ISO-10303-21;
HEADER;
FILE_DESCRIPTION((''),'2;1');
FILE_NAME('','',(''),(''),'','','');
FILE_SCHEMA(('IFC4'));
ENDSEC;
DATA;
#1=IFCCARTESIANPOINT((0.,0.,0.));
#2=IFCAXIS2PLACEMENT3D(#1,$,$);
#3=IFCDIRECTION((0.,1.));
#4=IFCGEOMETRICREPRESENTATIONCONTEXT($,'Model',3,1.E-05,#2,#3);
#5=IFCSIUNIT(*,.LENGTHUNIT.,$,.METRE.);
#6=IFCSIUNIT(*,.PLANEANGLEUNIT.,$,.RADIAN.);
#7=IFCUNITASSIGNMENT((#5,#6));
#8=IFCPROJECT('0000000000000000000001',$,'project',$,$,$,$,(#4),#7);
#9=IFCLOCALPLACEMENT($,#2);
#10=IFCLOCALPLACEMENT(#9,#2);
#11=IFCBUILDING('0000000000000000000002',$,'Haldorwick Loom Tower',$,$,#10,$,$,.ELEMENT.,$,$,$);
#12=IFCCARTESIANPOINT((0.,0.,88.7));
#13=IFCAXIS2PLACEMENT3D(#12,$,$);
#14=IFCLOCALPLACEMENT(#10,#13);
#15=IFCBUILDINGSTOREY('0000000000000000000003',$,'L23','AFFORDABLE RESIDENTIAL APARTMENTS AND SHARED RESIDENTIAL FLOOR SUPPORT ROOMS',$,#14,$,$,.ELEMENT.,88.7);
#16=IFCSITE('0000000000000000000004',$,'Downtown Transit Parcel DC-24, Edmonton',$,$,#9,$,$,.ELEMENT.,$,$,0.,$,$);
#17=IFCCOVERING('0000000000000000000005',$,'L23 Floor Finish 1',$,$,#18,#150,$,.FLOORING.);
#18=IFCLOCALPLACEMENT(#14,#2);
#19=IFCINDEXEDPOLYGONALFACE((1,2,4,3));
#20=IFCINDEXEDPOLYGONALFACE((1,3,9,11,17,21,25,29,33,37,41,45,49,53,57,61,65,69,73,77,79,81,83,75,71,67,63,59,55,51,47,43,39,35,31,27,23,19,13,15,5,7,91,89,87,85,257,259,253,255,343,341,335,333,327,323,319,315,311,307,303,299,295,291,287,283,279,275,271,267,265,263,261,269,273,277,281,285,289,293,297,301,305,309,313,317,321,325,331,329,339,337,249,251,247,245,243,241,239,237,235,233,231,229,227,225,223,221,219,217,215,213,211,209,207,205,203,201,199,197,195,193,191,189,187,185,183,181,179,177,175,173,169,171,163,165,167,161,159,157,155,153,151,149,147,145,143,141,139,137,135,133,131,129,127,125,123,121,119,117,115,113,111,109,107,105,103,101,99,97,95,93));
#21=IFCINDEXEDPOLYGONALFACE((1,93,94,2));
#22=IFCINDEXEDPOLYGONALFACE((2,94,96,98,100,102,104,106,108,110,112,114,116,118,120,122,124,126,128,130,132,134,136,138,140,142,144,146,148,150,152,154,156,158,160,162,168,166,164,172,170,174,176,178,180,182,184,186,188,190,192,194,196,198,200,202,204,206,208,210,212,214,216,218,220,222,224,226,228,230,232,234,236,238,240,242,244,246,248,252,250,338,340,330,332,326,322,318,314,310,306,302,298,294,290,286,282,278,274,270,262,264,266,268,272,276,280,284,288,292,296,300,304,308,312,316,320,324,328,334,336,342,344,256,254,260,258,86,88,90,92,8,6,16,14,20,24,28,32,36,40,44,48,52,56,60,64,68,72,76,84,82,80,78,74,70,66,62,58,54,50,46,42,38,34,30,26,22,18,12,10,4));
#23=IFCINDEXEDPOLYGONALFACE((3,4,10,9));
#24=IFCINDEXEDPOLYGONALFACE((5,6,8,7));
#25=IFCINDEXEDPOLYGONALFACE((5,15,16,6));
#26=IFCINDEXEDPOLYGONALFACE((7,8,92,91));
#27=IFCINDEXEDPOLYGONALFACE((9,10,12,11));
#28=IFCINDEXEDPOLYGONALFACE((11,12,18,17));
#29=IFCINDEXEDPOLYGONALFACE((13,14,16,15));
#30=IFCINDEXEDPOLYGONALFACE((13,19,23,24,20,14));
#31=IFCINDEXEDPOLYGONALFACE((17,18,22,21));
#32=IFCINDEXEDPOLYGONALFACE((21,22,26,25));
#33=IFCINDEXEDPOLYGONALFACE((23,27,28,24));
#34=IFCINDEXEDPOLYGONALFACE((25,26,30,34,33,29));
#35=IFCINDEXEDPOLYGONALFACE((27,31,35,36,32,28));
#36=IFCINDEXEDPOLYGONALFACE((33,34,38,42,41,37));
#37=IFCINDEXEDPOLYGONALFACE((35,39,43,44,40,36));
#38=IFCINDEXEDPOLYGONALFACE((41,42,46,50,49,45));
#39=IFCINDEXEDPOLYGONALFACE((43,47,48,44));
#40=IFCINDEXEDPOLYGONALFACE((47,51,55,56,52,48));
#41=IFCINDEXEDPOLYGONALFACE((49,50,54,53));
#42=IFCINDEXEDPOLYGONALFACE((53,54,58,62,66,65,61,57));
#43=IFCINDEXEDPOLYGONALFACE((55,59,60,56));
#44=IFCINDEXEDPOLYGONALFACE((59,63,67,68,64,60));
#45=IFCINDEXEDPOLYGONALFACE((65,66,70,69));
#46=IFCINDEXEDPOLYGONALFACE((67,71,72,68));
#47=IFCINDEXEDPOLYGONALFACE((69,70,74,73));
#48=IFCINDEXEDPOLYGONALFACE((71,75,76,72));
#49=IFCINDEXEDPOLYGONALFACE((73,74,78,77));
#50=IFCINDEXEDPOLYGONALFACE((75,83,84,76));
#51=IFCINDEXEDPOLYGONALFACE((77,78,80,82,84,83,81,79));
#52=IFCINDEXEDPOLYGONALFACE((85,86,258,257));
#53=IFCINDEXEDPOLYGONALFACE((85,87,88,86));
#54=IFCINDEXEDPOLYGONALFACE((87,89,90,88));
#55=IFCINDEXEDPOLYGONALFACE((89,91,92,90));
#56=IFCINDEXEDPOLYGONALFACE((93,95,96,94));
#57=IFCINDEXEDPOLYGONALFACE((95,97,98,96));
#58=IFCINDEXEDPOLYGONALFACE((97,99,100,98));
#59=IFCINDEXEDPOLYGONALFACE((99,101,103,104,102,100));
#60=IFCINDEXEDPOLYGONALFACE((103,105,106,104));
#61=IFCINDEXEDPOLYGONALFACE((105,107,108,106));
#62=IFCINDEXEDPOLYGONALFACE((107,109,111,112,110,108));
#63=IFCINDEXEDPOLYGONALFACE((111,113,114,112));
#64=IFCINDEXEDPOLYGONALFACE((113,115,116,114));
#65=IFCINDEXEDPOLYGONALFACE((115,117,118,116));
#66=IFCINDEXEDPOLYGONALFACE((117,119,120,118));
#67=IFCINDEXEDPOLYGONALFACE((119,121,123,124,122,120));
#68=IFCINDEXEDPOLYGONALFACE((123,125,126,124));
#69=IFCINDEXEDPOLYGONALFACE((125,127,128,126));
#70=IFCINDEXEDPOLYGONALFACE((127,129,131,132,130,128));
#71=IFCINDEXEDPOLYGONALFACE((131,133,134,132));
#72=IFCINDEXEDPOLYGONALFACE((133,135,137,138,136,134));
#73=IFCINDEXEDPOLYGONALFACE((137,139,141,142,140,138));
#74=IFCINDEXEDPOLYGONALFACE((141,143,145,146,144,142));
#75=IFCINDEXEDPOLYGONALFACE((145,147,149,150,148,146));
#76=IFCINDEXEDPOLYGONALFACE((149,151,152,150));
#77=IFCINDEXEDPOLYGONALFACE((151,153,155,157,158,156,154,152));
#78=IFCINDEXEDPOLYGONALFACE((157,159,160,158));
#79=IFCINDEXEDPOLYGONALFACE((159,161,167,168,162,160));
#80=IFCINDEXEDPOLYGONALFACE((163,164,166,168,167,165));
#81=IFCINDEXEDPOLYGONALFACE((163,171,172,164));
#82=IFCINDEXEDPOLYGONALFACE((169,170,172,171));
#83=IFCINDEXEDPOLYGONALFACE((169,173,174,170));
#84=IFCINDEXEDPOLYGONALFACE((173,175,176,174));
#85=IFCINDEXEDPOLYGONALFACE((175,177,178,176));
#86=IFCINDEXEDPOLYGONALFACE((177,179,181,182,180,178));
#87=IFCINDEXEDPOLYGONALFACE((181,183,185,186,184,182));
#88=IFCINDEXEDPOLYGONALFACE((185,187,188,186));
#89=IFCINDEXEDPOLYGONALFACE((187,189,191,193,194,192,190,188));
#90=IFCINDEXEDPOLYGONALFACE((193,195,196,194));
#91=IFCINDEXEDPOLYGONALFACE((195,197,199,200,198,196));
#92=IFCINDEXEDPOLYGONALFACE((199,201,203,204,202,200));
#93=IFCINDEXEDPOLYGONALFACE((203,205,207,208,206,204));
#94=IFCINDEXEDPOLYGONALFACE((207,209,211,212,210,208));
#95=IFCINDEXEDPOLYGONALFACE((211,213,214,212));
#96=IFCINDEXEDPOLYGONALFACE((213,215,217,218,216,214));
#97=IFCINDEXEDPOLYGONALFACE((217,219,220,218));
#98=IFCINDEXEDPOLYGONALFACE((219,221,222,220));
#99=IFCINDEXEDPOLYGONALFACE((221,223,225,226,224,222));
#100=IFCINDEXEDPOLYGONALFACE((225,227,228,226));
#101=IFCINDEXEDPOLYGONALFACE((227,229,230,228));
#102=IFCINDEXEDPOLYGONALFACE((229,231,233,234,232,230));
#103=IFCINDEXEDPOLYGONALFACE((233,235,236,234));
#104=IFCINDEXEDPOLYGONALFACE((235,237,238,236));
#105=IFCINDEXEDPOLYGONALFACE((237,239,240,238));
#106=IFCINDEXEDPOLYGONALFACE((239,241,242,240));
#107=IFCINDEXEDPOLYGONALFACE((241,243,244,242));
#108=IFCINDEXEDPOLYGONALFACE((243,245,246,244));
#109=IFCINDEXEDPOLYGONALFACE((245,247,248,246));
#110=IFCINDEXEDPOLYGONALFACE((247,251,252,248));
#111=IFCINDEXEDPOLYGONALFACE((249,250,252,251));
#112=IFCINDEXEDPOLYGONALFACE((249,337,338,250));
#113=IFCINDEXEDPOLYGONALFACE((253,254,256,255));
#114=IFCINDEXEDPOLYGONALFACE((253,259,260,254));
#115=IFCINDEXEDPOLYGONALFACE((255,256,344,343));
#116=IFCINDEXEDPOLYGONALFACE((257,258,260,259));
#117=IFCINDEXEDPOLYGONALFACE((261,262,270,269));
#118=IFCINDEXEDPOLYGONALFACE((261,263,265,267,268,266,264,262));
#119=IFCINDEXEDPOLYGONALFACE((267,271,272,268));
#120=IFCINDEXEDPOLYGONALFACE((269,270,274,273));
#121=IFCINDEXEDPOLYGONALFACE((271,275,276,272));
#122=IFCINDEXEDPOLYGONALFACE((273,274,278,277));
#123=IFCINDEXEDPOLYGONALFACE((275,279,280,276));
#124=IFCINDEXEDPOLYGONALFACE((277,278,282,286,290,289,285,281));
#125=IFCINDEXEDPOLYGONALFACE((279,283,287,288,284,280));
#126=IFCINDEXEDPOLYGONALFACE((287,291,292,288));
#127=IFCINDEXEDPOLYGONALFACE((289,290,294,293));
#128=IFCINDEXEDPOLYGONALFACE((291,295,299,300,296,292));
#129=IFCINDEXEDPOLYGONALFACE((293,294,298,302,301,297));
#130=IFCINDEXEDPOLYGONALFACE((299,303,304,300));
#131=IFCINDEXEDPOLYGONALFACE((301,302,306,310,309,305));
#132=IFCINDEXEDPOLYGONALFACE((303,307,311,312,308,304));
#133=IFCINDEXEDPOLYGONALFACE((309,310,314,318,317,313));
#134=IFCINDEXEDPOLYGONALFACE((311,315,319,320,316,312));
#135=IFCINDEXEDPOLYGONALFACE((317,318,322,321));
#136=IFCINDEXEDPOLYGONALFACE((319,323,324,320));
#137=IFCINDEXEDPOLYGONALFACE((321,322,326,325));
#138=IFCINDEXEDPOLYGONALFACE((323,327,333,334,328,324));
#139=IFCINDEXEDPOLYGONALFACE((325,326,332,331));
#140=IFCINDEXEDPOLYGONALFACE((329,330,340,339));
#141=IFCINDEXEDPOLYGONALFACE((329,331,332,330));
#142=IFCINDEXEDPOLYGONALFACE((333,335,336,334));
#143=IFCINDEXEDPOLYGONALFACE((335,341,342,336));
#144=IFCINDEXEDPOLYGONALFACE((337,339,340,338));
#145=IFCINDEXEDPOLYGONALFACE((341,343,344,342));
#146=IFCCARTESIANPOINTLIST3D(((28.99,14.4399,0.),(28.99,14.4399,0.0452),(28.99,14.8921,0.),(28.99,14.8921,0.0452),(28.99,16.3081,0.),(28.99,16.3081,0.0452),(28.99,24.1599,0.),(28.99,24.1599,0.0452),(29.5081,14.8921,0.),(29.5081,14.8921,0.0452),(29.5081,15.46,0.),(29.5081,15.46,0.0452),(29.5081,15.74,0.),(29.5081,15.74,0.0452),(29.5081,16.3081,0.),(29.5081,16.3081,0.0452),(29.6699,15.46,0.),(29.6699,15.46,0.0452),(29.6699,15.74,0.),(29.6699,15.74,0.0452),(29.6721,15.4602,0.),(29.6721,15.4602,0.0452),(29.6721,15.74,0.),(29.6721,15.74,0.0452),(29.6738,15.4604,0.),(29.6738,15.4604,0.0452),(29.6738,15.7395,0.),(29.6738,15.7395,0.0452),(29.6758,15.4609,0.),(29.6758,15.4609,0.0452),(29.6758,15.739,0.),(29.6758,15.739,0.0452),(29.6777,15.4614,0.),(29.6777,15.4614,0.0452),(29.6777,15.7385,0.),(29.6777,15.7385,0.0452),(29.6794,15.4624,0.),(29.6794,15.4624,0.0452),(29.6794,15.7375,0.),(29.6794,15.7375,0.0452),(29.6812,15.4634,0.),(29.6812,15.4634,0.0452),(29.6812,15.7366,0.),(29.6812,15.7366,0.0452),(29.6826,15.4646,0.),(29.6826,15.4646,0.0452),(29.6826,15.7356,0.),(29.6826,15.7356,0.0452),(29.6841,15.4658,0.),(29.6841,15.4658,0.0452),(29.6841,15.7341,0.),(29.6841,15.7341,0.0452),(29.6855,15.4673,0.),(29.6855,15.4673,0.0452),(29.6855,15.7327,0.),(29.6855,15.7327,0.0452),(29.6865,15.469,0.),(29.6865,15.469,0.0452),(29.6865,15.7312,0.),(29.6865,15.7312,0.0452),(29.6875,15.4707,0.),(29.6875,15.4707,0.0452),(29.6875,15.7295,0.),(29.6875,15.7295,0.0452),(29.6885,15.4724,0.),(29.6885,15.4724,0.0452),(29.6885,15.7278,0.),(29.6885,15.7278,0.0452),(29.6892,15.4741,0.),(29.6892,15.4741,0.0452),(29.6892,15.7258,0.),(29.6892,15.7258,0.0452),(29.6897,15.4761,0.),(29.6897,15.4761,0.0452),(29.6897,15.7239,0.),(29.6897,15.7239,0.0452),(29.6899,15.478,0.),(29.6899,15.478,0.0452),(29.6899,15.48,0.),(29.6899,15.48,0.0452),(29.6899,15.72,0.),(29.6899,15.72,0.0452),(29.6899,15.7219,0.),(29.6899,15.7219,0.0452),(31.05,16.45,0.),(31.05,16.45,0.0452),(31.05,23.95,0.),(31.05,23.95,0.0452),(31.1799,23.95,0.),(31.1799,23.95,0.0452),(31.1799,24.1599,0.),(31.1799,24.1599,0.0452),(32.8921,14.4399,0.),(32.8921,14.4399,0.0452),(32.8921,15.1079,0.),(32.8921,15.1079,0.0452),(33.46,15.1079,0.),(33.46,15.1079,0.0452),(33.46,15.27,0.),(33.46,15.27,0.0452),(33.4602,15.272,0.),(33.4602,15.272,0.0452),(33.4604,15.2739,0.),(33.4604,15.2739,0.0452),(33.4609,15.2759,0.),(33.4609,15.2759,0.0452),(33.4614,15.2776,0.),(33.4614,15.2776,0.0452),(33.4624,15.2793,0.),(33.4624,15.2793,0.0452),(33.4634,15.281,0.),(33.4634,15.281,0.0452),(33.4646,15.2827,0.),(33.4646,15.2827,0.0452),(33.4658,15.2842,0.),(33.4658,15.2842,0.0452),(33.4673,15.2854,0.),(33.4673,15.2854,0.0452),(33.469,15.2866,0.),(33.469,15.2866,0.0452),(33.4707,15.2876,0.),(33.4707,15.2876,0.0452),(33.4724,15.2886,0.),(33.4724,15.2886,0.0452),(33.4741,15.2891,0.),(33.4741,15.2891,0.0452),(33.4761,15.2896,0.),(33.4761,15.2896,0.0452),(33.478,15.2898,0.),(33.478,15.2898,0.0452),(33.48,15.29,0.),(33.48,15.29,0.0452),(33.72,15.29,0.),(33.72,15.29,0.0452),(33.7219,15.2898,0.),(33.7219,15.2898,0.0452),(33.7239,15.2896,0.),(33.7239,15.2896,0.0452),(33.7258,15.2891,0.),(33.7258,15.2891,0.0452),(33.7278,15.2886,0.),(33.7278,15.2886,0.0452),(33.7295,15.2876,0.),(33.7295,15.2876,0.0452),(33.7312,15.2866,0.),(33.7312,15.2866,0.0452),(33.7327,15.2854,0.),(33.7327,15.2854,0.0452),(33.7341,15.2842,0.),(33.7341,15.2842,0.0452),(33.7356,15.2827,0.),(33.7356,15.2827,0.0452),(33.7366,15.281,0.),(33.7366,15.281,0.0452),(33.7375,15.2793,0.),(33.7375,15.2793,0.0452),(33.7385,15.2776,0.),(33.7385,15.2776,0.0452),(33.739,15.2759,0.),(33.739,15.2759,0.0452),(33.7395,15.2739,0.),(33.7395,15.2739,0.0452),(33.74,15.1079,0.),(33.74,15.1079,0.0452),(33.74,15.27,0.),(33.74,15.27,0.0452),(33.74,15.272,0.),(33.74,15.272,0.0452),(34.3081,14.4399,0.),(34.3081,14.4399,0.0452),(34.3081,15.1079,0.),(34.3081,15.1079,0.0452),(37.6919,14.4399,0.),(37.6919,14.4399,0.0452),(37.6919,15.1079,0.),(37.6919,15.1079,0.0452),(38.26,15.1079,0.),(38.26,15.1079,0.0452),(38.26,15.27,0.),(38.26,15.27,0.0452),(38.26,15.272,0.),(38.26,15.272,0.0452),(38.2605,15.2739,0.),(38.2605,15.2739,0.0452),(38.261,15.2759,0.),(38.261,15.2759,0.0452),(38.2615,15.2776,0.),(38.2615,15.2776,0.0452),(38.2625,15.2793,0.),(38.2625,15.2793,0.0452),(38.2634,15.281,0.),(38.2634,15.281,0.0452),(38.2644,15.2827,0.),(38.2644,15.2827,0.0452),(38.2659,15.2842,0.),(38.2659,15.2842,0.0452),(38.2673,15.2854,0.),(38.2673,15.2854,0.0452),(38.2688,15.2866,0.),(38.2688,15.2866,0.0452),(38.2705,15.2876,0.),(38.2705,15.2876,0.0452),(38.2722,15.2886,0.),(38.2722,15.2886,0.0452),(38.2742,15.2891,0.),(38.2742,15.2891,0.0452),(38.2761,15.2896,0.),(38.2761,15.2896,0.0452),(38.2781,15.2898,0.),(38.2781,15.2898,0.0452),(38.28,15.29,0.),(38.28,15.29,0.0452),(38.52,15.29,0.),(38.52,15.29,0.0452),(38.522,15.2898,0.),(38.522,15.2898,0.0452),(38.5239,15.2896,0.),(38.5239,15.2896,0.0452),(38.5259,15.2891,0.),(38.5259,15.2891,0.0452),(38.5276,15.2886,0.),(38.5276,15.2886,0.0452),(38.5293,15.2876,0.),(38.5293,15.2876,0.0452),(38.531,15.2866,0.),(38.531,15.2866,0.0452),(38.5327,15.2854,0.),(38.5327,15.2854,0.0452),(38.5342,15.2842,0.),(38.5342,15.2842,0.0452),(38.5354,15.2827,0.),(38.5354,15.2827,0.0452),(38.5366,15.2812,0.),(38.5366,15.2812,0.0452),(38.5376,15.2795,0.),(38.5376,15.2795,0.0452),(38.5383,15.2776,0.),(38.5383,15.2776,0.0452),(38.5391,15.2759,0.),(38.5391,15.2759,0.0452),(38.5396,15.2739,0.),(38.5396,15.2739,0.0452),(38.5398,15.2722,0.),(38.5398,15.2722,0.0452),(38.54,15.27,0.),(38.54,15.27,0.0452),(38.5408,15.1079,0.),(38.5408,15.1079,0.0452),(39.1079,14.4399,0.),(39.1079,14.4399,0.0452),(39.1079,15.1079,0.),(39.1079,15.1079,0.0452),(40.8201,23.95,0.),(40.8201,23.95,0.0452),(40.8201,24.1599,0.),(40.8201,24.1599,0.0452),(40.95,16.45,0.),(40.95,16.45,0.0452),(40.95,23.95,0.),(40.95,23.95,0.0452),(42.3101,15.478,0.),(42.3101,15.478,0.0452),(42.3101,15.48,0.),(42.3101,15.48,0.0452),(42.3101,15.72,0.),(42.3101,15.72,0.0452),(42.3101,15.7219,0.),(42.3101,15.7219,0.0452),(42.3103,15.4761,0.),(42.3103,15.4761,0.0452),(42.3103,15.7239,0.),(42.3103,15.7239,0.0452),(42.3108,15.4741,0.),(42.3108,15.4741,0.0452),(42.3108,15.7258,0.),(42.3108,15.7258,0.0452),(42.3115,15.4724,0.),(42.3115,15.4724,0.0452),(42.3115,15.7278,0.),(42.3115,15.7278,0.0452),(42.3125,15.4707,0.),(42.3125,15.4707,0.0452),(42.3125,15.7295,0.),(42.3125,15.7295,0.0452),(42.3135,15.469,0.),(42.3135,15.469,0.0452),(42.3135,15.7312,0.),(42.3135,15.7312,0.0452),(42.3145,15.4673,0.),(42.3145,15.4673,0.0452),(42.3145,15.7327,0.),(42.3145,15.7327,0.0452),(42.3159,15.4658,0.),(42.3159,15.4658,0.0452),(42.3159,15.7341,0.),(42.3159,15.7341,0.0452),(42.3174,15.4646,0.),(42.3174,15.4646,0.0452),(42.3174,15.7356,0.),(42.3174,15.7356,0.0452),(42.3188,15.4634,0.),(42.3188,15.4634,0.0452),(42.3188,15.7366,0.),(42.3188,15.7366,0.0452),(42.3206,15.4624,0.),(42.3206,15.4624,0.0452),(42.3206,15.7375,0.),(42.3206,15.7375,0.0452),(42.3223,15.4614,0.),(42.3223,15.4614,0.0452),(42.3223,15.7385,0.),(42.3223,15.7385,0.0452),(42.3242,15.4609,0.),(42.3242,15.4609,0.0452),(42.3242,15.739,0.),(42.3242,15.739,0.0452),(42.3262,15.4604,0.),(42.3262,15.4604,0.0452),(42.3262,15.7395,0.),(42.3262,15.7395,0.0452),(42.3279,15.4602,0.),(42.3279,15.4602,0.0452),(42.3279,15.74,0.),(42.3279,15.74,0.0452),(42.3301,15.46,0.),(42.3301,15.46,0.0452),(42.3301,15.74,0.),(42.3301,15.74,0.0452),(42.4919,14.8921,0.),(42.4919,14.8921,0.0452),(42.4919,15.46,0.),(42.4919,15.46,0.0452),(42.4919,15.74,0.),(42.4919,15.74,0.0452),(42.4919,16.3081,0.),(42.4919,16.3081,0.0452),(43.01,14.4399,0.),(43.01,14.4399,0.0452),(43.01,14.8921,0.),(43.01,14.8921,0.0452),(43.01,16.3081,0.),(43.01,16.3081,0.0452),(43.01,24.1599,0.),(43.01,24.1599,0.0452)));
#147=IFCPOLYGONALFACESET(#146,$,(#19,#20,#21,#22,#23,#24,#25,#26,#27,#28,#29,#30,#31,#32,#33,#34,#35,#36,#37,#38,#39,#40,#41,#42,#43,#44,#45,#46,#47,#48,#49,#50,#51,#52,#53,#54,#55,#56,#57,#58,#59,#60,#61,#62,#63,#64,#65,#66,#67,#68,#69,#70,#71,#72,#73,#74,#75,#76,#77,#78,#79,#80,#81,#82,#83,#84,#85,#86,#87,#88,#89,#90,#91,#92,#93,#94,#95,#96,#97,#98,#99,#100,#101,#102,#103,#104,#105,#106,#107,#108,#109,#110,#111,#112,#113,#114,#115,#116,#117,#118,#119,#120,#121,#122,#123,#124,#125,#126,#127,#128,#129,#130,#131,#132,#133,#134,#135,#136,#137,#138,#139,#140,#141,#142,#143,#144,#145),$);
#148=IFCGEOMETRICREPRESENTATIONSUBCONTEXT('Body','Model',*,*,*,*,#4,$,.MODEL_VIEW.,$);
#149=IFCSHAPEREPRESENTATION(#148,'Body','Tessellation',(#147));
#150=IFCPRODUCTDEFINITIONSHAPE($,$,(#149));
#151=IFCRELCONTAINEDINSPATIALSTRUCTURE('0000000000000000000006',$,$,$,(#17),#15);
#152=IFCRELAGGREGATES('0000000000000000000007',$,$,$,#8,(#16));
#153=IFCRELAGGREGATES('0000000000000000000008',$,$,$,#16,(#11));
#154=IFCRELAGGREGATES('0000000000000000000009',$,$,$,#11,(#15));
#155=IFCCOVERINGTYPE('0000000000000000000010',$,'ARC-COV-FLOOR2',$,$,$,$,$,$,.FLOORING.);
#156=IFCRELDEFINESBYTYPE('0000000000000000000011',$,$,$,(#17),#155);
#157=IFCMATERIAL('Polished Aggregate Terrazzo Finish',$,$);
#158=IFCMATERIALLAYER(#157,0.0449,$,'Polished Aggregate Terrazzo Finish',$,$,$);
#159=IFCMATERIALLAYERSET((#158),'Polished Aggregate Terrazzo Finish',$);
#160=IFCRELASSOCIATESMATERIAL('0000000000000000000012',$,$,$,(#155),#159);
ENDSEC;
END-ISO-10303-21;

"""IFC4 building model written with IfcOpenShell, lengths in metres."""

from ifc_helpers import new_model, si_unit, direction, frame, origin, place, context, subcontext, project, spatial, polyline, outline, extrude, material, layer, layer_set, type_object, element, save


model = new_model("IFC4")

# Units and contexts
model_context = context("Model", 3, precision=1e-05, world=origin(), true_north=direction((0.0, 1.0)))
body_context = subcontext(model_context, "Body", "Model", "MODEL_VIEW")
ifc_project = project(units=[si_unit("LENGTHUNIT", "METRE"), si_unit("PLANEANGLEUNIT", "RADIAN")], contexts=[model_context])

# Site, building, storey
site_placement = place(None, origin())
site = spatial("IfcSite", under=ifc_project, at=site_placement, Name="Downtown Transit Parcel DC-24, Edmonton", CompositionType="ELEMENT", RefElevation=0.0)
building_placement = place(site_placement, origin())
building = spatial("IfcBuilding", under=site, at=building_placement, Name="Haldorwick Loom Tower", CompositionType="ELEMENT")
storey_placement = place(building_placement, frame((0.0, 0.0, 88.7)))
storey = spatial("IfcBuildingStorey", under=building, at=storey_placement, Name="L23", Description="AFFORDABLE RESIDENTIAL APARTMENTS AND SHARED RESIDENTIAL FLOOR SUPPORT ROOMS", CompositionType="ELEMENT", Elevation=88.7)

# Covering
ifc_material_1 = material(Name="Polished Aggregate Terrazzo Finish")
ifc_layer_1 = layer(ifc_material_1, 0.0449, Name="Polished Aggregate Terrazzo Finish")
ifc_layer_set_1 = layer_set([ifc_layer_1], Name="Polished Aggregate Terrazzo Finish")
covering_type_1 = type_object("IfcCoveringType", Name="ARC-COV-FLOOR2", PredefinedType="FLOORING", material=ifc_layer_set_1)
covering_1_placement = place(storey_placement, origin())
element("IfcCovering", 1, at=covering_1_placement, inside=storey, type_object=covering_type_1, Name="L23 Floor Finish 1", PredefinedType="FLOORING", context=body_context, shape_type="SweptSolid", body=[
    extrude(outline(polyline([(40.8201, 24.1599), (40.8201, 23.95), (40.95, 23.95), (40.95, 16.45), (31.05, 16.45), (31.05, 23.95), (31.1799, 23.95), (31.1799, 24.1599), (28.99, 24.1599), (28.99, 16.3081), (29.5081, 16.3081), (29.5081, 15.74), (29.6699, 15.74), (29.6721, 15.74), (29.6738, 15.7395), (29.6758, 15.739), (29.6777, 15.7385), (29.6794, 15.7375), (29.6812, 15.7366), (29.6826, 15.7356), (29.6841, 15.7341), (29.6855, 15.7327), (29.6865, 15.7312), (29.6875, 15.7295), (29.6885, 15.7278), (29.6892, 15.7258), (29.6897, 15.7239), (29.6899, 15.7219), (29.6899, 15.72), (29.6899, 15.48), (29.6899, 15.478), (29.6897, 15.4761), (29.6892, 15.4741), (29.6885, 15.4724), (29.6875, 15.4707), (29.6865, 15.469), (29.6855, 15.4673), (29.6841, 15.4658), (29.6826, 15.4646), (29.6812, 15.4634), (29.6794, 15.4624), (29.6777, 15.4614), (29.6758, 15.4609), (29.6738, 15.4604), (29.6721, 15.4602), (29.6699, 15.46), (29.5081, 15.46), (29.5081, 14.8921), (28.99, 14.8921), (28.99, 14.4399), (32.8921, 14.4399), (32.8921, 15.1079), (33.46, 15.1079), (33.46, 15.27), (33.4602, 15.272), (33.4604, 15.2739), (33.4609, 15.2759), (33.4614, 15.2776), (33.4624, 15.2793), (33.4634, 15.281), (33.4646, 15.2827), (33.4658, 15.2842), (33.4673, 15.2854), (33.469, 15.2866), (33.4707, 15.2876), (33.4724, 15.2886), (33.4741, 15.2891), (33.4761, 15.2896), (33.478, 15.2898), (33.48, 15.29), (33.72, 15.29), (33.7219, 15.2898), (33.7239, 15.2896), (33.7258, 15.2891), (33.7278, 15.2886), (33.7295, 15.2876), (33.7312, 15.2866), (33.7327, 15.2854), (33.7341, 15.2842), (33.7356, 15.2827), (33.7366, 15.281), (33.7375, 15.2793), (33.7385, 15.2776), (33.739, 15.2759), (33.7395, 15.2739), (33.74, 15.272), (33.74, 15.27), (33.74, 15.1079), (34.3081, 15.1079), (34.3081, 14.4399), (37.6919, 14.4399), (37.6919, 15.1079), (38.26, 15.1079), (38.26, 15.27), (38.26, 15.272), (38.2605, 15.2739), (38.261, 15.2759), (38.2615, 15.2776), (38.2625, 15.2793), (38.2634, 15.281), (38.2644, 15.2827), (38.2659, 15.2842), (38.2673, 15.2854), (38.2688, 15.2866), (38.2705, 15.2876), (38.2722, 15.2886), (38.2742, 15.2891), (38.2761, 15.2896), (38.2781, 15.2898), (38.28, 15.29), (38.52, 15.29), (38.522, 15.2898), (38.5239, 15.2896), (38.5259, 15.2891), (38.5276, 15.2886), (38.5293, 15.2876), (38.531, 15.2866), (38.5327, 15.2854), (38.5342, 15.2842), (38.5354, 15.2827), (38.5366, 15.2812), (38.5376, 15.2795), (38.5383, 15.2776), (38.5391, 15.2759), (38.5396, 15.2739), (38.5398, 15.2722), (38.54, 15.27), (38.5408, 15.1079), (39.1079, 15.1079), (39.1079, 14.4399), (43.01, 14.4399), (43.01, 14.8921), (42.4919, 14.8921), (42.4919, 15.46), (42.3301, 15.46), (42.3279, 15.4602), (42.3262, 15.4604), (42.3242, 15.4609), (42.3223, 15.4614), (42.3206, 15.4624), (42.3188, 15.4634), (42.3174, 15.4646), (42.3159, 15.4658), (42.3145, 15.4673), (42.3135, 15.469), (42.3125, 15.4707), (42.3115, 15.4724), (42.3108, 15.4741), (42.3103, 15.4761), (42.3101, 15.478), (42.3101, 15.48), (42.3101, 15.72), (42.3101, 15.7219), (42.3103, 15.7239), (42.3108, 15.7258), (42.3115, 15.7278), (42.3125, 15.7295), (42.3135, 15.7312), (42.3145, 15.7327), (42.3159, 15.7341), (42.3174, 15.7356), (42.3188, 15.7366), (42.3206, 15.7375), (42.3223, 15.7385), (42.3242, 15.739), (42.3262, 15.7395), (42.3279, 15.74), (42.3301, 15.74), (42.4919, 15.74), (42.4919, 16.3081), (43.01, 16.3081), (43.01, 24.1599), (40.8201, 24.1599)])), origin(), (0.0, 0.0, 1.0), 0.0452),
])

save(model, "model.ifc")
